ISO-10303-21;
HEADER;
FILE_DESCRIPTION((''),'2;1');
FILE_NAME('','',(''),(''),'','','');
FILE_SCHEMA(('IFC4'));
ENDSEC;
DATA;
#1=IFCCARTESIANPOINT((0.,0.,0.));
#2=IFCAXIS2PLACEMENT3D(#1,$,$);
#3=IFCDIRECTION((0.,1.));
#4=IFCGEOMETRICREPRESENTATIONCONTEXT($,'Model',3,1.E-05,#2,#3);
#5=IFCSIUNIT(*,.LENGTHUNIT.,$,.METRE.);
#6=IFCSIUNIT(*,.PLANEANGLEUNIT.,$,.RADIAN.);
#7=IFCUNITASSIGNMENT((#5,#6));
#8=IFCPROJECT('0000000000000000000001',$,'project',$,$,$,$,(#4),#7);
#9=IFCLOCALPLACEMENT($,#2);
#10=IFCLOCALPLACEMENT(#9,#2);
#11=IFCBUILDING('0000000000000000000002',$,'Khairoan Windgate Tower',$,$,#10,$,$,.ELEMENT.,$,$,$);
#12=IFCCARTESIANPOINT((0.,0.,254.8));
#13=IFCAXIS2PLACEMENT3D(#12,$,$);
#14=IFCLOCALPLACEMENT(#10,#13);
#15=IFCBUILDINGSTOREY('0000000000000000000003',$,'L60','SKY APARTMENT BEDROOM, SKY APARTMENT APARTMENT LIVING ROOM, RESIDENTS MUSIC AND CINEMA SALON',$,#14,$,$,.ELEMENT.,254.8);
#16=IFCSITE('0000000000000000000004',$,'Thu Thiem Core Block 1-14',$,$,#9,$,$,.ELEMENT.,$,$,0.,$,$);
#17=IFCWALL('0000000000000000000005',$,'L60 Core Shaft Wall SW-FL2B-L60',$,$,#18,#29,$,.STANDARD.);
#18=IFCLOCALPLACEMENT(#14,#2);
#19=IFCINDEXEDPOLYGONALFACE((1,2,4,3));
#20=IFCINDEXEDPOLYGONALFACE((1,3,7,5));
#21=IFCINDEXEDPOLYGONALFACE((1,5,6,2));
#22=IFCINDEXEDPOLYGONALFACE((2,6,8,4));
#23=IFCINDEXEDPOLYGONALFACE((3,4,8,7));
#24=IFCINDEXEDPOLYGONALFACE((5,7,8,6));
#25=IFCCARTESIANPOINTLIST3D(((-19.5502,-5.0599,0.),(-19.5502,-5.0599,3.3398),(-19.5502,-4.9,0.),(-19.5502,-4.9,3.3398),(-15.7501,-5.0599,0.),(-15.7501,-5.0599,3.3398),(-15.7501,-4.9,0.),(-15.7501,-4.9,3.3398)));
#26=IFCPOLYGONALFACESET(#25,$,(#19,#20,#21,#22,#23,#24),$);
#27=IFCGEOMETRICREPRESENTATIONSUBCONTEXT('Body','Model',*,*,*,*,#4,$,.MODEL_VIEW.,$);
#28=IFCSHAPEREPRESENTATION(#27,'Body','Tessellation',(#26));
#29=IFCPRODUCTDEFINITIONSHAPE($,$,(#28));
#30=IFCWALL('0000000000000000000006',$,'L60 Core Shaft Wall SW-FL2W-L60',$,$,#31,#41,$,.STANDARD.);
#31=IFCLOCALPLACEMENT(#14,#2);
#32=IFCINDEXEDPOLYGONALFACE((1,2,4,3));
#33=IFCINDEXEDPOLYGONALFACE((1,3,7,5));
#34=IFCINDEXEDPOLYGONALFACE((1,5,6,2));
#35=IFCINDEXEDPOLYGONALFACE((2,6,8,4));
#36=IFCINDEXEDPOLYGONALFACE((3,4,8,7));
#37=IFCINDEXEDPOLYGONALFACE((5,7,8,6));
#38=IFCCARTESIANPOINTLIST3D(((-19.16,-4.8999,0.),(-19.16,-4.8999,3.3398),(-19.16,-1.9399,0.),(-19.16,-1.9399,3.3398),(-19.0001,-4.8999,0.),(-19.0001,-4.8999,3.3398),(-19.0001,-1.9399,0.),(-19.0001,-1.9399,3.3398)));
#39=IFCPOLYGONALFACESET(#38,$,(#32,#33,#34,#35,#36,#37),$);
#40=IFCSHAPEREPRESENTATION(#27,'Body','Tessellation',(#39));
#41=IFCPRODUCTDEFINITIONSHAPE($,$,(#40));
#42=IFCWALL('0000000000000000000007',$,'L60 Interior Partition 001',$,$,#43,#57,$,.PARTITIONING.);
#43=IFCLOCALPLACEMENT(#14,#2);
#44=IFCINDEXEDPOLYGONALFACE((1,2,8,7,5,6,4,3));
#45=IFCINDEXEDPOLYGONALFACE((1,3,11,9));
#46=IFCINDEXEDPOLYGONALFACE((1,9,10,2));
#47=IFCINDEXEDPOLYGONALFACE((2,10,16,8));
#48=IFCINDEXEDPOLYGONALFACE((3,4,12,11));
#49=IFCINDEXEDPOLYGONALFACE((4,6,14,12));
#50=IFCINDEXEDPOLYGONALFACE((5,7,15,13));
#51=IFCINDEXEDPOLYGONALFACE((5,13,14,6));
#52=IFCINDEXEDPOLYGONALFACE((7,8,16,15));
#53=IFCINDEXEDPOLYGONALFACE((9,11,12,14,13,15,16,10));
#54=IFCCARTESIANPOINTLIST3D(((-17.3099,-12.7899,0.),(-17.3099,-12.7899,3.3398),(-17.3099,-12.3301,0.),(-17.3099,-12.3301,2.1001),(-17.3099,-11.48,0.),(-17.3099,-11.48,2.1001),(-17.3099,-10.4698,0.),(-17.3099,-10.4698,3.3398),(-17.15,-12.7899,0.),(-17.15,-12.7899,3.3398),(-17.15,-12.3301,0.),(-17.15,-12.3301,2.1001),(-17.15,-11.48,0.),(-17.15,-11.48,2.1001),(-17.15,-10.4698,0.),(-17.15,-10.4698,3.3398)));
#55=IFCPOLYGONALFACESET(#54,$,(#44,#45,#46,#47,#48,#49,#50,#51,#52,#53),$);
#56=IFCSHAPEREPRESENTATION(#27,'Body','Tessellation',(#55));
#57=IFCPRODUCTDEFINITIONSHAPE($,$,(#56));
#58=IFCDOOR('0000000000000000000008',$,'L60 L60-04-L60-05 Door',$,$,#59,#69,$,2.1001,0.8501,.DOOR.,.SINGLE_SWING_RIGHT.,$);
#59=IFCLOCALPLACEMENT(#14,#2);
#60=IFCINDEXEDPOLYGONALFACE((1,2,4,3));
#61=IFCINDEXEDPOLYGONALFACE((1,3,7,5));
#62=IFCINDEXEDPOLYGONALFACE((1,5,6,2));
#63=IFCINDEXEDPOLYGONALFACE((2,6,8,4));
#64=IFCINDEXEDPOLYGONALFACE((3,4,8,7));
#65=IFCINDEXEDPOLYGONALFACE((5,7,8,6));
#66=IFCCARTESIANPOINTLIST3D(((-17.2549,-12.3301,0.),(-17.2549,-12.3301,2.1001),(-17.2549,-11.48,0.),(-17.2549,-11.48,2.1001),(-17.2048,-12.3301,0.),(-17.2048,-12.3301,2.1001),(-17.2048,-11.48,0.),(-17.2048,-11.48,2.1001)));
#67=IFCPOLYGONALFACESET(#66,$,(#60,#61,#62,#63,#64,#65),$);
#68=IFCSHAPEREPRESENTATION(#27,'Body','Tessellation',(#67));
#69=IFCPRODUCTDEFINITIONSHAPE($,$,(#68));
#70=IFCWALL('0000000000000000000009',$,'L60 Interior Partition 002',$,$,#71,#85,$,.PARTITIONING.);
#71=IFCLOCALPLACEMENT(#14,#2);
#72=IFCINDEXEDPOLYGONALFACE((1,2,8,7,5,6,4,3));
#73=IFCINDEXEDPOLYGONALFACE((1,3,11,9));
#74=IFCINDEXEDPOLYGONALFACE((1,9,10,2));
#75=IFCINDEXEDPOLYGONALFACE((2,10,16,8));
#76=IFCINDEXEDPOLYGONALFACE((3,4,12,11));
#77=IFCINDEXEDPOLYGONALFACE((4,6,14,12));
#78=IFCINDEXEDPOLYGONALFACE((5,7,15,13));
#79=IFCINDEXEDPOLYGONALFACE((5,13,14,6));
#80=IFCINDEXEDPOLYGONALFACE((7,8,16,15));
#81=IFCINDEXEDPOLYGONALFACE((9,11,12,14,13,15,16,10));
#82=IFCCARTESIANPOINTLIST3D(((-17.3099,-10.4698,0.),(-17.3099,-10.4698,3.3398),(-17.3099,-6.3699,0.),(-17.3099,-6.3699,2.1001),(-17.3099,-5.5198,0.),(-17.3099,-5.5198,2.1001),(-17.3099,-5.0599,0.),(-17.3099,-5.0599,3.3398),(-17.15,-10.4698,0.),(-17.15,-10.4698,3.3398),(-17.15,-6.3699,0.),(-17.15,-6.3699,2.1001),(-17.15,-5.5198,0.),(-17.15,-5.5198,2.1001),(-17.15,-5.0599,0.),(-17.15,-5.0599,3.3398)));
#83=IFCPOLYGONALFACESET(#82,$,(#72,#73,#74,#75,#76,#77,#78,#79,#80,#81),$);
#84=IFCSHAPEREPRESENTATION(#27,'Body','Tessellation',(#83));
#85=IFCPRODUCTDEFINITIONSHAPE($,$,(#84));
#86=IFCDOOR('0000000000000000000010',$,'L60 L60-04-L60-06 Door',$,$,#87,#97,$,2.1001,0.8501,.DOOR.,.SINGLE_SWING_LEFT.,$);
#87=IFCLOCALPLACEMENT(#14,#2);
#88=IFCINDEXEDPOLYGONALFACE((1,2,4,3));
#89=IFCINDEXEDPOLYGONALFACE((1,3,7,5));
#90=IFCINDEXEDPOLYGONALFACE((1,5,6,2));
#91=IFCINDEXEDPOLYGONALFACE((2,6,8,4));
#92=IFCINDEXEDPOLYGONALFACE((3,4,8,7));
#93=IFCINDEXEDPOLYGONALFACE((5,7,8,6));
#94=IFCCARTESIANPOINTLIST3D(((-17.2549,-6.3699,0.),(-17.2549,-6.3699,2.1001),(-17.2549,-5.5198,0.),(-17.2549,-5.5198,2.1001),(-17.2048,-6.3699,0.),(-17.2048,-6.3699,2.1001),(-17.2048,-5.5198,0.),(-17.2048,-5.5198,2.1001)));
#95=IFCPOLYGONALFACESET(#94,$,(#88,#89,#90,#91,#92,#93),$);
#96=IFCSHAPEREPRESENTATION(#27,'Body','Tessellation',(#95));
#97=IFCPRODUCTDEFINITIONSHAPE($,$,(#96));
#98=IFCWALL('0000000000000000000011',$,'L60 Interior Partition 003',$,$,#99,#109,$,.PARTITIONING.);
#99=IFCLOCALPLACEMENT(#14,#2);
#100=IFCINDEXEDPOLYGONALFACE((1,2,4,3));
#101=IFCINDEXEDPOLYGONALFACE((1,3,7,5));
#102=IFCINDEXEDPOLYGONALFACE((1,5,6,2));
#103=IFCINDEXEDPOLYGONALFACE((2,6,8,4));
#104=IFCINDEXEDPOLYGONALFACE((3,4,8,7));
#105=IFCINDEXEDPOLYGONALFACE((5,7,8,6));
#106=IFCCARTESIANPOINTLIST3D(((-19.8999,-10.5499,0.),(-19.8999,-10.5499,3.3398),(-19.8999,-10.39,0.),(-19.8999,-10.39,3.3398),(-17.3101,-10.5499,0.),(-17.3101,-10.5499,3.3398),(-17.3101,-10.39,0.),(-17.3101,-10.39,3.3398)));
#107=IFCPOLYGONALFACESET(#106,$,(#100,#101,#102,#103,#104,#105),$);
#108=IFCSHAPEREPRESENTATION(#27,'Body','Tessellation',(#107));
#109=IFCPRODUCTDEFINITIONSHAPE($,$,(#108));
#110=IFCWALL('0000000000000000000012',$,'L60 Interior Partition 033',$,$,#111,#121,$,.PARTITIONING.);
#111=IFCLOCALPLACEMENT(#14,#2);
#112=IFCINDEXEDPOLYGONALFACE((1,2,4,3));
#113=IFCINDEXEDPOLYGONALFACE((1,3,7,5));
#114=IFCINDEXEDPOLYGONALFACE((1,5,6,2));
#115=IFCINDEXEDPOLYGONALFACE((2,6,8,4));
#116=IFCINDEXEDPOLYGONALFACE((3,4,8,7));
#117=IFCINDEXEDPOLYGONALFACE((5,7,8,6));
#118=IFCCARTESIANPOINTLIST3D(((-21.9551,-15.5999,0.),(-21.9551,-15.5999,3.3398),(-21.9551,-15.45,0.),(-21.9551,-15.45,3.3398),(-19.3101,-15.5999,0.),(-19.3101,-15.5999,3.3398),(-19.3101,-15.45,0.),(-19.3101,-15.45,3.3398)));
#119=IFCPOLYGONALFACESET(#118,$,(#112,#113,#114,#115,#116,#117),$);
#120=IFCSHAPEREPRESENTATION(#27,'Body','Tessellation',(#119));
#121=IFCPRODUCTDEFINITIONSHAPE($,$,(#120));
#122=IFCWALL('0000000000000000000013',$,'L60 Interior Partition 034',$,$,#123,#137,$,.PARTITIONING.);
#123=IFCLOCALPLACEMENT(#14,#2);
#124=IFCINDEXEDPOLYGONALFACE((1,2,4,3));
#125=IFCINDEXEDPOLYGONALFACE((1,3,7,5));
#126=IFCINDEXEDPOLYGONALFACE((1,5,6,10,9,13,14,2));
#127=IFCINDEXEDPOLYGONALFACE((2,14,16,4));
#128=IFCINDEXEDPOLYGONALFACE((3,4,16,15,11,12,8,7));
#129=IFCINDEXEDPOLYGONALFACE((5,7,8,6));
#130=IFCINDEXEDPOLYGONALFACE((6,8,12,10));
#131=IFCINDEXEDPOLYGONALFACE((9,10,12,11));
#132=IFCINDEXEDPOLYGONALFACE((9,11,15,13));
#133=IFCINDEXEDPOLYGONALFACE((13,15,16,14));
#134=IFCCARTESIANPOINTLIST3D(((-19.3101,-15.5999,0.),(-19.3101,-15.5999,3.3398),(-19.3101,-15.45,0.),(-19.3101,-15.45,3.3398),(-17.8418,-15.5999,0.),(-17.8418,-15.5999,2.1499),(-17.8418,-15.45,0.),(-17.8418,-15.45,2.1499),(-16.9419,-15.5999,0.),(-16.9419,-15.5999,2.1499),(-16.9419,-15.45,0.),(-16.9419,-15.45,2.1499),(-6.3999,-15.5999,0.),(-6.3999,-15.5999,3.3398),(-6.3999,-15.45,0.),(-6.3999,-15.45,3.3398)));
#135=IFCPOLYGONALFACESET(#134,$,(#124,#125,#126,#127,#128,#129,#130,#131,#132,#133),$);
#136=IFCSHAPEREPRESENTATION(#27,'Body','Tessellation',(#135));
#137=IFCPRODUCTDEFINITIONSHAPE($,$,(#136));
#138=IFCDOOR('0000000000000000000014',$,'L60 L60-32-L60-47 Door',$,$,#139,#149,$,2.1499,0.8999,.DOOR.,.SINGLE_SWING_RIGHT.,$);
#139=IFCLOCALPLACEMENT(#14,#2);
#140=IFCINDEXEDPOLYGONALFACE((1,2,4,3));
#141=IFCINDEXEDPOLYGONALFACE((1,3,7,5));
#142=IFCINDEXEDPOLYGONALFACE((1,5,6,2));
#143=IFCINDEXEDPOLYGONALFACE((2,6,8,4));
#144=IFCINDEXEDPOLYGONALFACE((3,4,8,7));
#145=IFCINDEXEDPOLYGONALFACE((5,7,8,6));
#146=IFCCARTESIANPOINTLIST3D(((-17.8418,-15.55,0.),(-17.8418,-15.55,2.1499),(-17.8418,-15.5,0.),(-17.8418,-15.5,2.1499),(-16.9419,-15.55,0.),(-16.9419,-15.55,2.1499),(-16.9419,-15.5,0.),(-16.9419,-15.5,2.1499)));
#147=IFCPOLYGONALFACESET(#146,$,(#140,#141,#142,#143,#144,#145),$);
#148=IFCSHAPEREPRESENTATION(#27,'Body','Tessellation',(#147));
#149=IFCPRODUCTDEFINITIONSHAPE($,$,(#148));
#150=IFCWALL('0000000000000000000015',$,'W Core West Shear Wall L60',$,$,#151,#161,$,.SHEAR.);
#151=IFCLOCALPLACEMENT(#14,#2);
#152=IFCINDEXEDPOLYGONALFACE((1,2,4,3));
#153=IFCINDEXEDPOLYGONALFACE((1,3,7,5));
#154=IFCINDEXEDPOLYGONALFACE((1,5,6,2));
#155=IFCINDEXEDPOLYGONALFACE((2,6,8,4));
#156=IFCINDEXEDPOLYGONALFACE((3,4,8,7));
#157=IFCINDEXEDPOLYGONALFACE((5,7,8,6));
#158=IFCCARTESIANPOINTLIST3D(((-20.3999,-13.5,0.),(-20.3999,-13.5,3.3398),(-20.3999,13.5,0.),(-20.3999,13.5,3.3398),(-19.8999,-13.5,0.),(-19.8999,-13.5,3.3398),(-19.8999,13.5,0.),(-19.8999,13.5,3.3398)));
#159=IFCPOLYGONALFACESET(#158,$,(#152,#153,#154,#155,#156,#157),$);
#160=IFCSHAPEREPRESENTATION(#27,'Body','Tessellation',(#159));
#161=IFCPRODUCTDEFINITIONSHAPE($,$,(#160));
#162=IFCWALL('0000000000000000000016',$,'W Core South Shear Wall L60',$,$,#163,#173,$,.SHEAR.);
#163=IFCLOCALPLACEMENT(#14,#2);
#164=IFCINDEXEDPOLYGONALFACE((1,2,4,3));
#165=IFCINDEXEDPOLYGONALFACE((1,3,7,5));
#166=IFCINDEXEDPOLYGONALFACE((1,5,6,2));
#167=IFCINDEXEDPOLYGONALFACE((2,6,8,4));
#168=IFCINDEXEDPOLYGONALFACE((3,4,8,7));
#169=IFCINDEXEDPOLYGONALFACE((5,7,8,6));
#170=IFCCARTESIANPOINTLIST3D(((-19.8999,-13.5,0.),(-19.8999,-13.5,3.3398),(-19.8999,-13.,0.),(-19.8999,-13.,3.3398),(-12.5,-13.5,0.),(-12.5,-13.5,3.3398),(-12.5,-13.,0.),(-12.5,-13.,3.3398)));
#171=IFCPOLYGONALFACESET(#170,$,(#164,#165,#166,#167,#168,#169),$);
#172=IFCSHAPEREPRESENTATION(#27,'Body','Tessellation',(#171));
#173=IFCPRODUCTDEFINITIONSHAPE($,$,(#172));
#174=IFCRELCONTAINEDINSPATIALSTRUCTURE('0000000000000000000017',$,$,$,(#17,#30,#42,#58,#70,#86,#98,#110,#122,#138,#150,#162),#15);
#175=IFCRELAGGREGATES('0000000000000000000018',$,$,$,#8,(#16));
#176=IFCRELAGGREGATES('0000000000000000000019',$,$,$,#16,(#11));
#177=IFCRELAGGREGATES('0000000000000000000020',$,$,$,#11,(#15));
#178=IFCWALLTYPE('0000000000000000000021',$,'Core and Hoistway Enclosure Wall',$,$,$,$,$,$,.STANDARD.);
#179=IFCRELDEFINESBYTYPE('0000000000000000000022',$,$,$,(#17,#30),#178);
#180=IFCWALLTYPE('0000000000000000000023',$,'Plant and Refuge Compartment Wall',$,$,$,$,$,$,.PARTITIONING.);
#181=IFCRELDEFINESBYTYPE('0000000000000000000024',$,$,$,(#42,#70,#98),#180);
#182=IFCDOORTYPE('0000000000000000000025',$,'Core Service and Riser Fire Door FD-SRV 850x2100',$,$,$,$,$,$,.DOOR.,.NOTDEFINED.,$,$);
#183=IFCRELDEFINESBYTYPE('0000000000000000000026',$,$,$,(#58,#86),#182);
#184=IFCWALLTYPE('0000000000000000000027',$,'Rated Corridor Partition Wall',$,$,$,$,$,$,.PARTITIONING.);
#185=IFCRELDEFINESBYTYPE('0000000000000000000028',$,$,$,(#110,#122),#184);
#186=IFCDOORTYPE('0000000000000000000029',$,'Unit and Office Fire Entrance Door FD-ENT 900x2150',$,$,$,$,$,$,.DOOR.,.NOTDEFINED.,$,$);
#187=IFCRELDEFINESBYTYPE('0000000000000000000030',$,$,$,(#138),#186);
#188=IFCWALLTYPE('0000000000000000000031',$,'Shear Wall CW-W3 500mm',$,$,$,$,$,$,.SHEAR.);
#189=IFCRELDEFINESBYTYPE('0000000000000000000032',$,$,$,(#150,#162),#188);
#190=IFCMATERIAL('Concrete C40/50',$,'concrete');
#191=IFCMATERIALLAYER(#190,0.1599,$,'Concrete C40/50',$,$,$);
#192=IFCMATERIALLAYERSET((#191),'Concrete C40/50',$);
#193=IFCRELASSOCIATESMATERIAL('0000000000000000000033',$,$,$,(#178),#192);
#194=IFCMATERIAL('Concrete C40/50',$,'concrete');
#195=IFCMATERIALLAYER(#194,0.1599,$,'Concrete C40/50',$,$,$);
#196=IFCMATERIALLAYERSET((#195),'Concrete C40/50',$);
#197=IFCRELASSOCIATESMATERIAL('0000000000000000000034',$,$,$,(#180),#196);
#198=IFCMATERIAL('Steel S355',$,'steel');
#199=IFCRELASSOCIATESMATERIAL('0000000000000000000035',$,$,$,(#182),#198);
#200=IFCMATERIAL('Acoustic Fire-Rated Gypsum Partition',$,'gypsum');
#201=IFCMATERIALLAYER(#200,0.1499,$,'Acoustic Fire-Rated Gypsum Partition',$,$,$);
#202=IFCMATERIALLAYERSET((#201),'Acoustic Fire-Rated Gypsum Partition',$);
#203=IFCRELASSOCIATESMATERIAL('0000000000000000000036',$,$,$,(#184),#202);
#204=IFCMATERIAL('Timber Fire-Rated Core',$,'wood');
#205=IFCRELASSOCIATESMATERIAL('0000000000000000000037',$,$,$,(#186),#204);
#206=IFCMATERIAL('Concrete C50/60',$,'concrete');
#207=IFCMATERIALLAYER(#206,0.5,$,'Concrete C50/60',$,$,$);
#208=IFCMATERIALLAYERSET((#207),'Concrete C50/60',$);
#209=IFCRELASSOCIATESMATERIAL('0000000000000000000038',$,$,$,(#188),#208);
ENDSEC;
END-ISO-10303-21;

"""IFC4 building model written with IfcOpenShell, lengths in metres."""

from ifc_helpers import new_model, si_unit, direction, frame, frame_2d, origin, place, context, subcontext, project, spatial, rectangle, extrude, material, layer, layer_set, type_object, element, fill, save


model = new_model("IFC4")

# Units and contexts
model_context = context("Model", 3, precision=1e-05, world=origin(), true_north=direction((0.0, 1.0)))
body_context = subcontext(model_context, "Body", "Model", "MODEL_VIEW")
ifc_project = project(units=[si_unit("LENGTHUNIT", "METRE"), si_unit("PLANEANGLEUNIT", "RADIAN")], contexts=[model_context])

# Site, building, storey
site_placement = place(None, origin())
site = spatial("IfcSite", under=ifc_project, at=site_placement, Name="Thu Thiem Core Block 1-14", CompositionType="ELEMENT", RefElevation=0.0)
building_placement = place(site_placement, origin())
building = spatial("IfcBuilding", under=site, at=building_placement, Name="Khairoan Windgate Tower", CompositionType="ELEMENT")
storey_placement = place(building_placement, frame((0.0, 0.0, 254.8)))
storey = spatial("IfcBuildingStorey", under=building, at=storey_placement, Name="L60", Description="SKY APARTMENT BEDROOM, SKY APARTMENT APARTMENT LIVING ROOM, RESIDENTS MUSIC AND CINEMA SALON", CompositionType="ELEMENT", Elevation=254.8)

# Shared definitions
ifc_material_1 = material(Name="Concrete C40/50", Category="concrete")
ifc_layer_1 = layer(ifc_material_1, 0.1599, Name="Concrete C40/50")
ifc_layer_set_1 = layer_set([ifc_layer_1], Name="Concrete C40/50")
wall_type_1 = type_object("IfcWallType", Name="Core and Hoistway Enclosure Wall", PredefinedType="STANDARD", material=ifc_layer_set_1)

# Walls
wall_1_placement = place(storey_placement, frame((-19.55, -4.98, 0.0), z_axis=(0.0, 0.0, 1.0), x_axis=(1.0, 0.0, 0.0)))
element("IfcWall", 1, at=wall_1_placement, inside=storey, type_object=wall_type_1, Name="L60 Core Shaft Wall SW-FL2B-L60", PredefinedType="STANDARD", context=body_context, shape_type="SweptSolid", body=[
    extrude(rectangle(XDim=3.8, YDim=0.1599, at=frame_2d((1.8999, 0.0))), origin(), (0.0, 0.0, 1.0), 3.3398),
])
wall_2_placement = place(storey_placement, frame((-19.0801, -4.8999, 0.0), z_axis=(0.0, 0.0, 1.0), x_axis=(0.0, 1.0, 0.0)))
element("IfcWall", 2, at=wall_2_placement, inside=storey, type_object=wall_type_1, Name="L60 Core Shaft Wall SW-FL2W-L60", PredefinedType="STANDARD", context=body_context, shape_type="SweptSolid", body=[
    extrude(rectangle(XDim=2.96, YDim=0.1599, at=frame_2d((1.48, 0.0))), origin(), (0.0, 0.0, 1.0), 3.3398),
])

# Walls, openings, doors
ifc_material_2 = material(Name="Concrete C40/50", Category="concrete")
ifc_layer_2 = layer(ifc_material_2, 0.1599, Name="Concrete C40/50")
ifc_layer_set_2 = layer_set([ifc_layer_2], Name="Concrete C40/50")
wall_type_2 = type_object("IfcWallType", Name="Plant and Refuge Compartment Wall", PredefinedType="PARTITIONING", material=ifc_layer_set_2)
wall_3_placement = place(storey_placement, frame((-17.23, -12.79, 0.0), z_axis=(0.0, 0.0, 1.0), x_axis=(0.0, 1.0, 0.0)))
wall_3 = element("IfcWall", 3, at=wall_3_placement, inside=storey, type_object=wall_type_2, Name="L60 Interior Partition 001", PredefinedType="PARTITIONING", context=body_context, shape_type="SweptSolid", body=[
    extrude(rectangle(XDim=2.3201, YDim=0.1599, at=frame_2d((1.1602, 0.0))), origin(), (0.0, 0.0, 1.0), 3.3398),
])
opening_1_placement = place(wall_3_placement, frame((0.46, 0.0, 0.0)))
opening_1 = element("IfcOpeningElement", 4, at=opening_1_placement, cuts=wall_3, PredefinedType="OPENING", context=body_context, shape_type="SweptSolid", body=[
    extrude(rectangle(XDim=0.8501, YDim=2.1001, at=frame_2d((0.425, 1.05))), frame((0.0, 0.0898, 0.0), z_axis=(0.0, -1.0, 0.0), x_axis=(1.0, 0.0, 0.0)), (0.0, 0.0, 1.0), 0.1799),
])
ifc_material_3 = material(Name="Steel S355", Category="steel")
door_type_1 = type_object("IfcDoorType", Name="Core Service and Riser Fire Door FD-SRV 850x2100", OperationType="NOTDEFINED", PredefinedType="DOOR", material=ifc_material_3)
door_1_placement = place(opening_1_placement, origin())
door_1 = element("IfcDoor", 5, at=door_1_placement, inside=storey, type_object=door_type_1, Name="L60 L60-04-L60-05 Door", OperationType="SINGLE_SWING_RIGHT", OverallHeight=2.1001, OverallWidth=0.8501, PredefinedType="DOOR", context=body_context, shape_type="SweptSolid", body=[
    extrude(rectangle(XDim=0.8501, YDim=2.1001, at=frame_2d((0.425, 1.05))), frame((0.0, 0.0249, 0.0), z_axis=(0.0, -1.0, 0.0), x_axis=(1.0, 0.0, 0.0)), (0.0, 0.0, 1.0), 0.05),
])
fill(opening_1, door_1)
wall_4_placement = place(storey_placement, frame((-17.23, -10.47, 0.0), z_axis=(0.0, 0.0, 1.0), x_axis=(0.0, 1.0, 0.0)))
wall_4 = element("IfcWall", 6, at=wall_4_placement, inside=storey, type_object=wall_type_2, Name="L60 Interior Partition 002", PredefinedType="PARTITIONING", context=body_context, shape_type="SweptSolid", body=[
    extrude(rectangle(XDim=5.4099, YDim=0.1599, at=frame_2d((2.7051, 0.0))), origin(), (0.0, 0.0, 1.0), 3.3398),
])
opening_2_placement = place(wall_4_placement, frame((4.1001, 0.0, 0.0)))
opening_2 = element("IfcOpeningElement", 7, at=opening_2_placement, cuts=wall_4, PredefinedType="OPENING", context=body_context, shape_type="SweptSolid", body=[
    extrude(rectangle(XDim=0.8501, YDim=2.1001, at=frame_2d((0.425, 1.05))), frame((0.0, 0.0898, 0.0), z_axis=(0.0, -1.0, 0.0), x_axis=(1.0, 0.0, 0.0)), (0.0, 0.0, 1.0), 0.1799),
])
door_2_placement = place(opening_2_placement, origin())
door_2 = element("IfcDoor", 8, at=door_2_placement, inside=storey, type_object=door_type_1, Name="L60 L60-04-L60-06 Door", OperationType="SINGLE_SWING_LEFT", OverallHeight=2.1001, OverallWidth=0.8501, PredefinedType="DOOR", context=body_context, shape_type="SweptSolid", body=[
    extrude(rectangle(XDim=0.8501, YDim=2.1001, at=frame_2d((0.425, 1.05))), frame((0.0, 0.0249, 0.0), z_axis=(0.0, -1.0, 0.0), x_axis=(1.0, 0.0, 0.0)), (0.0, 0.0, 1.0), 0.05),
])
fill(opening_2, door_2)

# Walls
wall_5_placement = place(storey_placement, frame((-19.8999, -10.47, 0.0), z_axis=(0.0, 0.0, 1.0), x_axis=(1.0, 0.0, 0.0)))
element("IfcWall", 9, at=wall_5_placement, inside=storey, type_object=wall_type_2, Name="L60 Interior Partition 003", PredefinedType="PARTITIONING", context=body_context, shape_type="SweptSolid", body=[
    extrude(rectangle(XDim=2.5898, YDim=0.1599, at=frame_2d((1.2949, 0.0))), origin(), (0.0, 0.0, 1.0), 3.3398),
])
ifc_material_4 = material(Name="Acoustic Fire-Rated Gypsum Partition", Category="gypsum")
ifc_layer_3 = layer(ifc_material_4, 0.1499, Name="Acoustic Fire-Rated Gypsum Partition")
ifc_layer_set_3 = layer_set([ifc_layer_3], Name="Acoustic Fire-Rated Gypsum Partition")
wall_type_3 = type_object("IfcWallType", Name="Rated Corridor Partition Wall", PredefinedType="PARTITIONING", material=ifc_layer_set_3)
wall_6_placement = place(storey_placement, frame((-21.9551, -15.5249, 0.0), z_axis=(0.0, 0.0, 1.0), x_axis=(1.0, 0.0, 0.0)))
element("IfcWall", 10, at=wall_6_placement, inside=storey, type_object=wall_type_3, Name="L60 Interior Partition 033", PredefinedType="PARTITIONING", context=body_context, shape_type="SweptSolid", body=[
    extrude(rectangle(XDim=2.645, YDim=0.1499, at=frame_2d((1.3225, 0.0))), origin(), (0.0, 0.0, 1.0), 3.3398),
])

# Wall, opening, door
wall_7_placement = place(storey_placement, frame((-19.3101, -15.5249, 0.0), z_axis=(0.0, 0.0, 1.0), x_axis=(1.0, 0.0, 0.0)))
wall_7 = element("IfcWall", 11, at=wall_7_placement, inside=storey, type_object=wall_type_3, Name="L60 Interior Partition 034", PredefinedType="PARTITIONING", context=body_context, shape_type="SweptSolid", body=[
    extrude(rectangle(XDim=12.9102, YDim=0.1499, at=frame_2d((6.4551, 0.0))), origin(), (0.0, 0.0, 1.0), 3.3398),
])
opening_3_placement = place(wall_7_placement, frame((1.4683, 0.0, 0.0)))
opening_3 = element("IfcOpeningElement", 12, at=opening_3_placement, cuts=wall_7, PredefinedType="OPENING", context=body_context, shape_type="SweptSolid", body=[
    extrude(rectangle(XDim=0.8999, YDim=2.1499, at=frame_2d((0.45, 1.075))), frame((0.0, 0.085, 0.0), z_axis=(0.0, -1.0, 0.0), x_axis=(1.0, 0.0, 0.0)), (0.0, 0.0, 1.0), 0.1699),
])
ifc_material_5 = material(Name="Timber Fire-Rated Core", Category="wood")
door_type_2 = type_object("IfcDoorType", Name="Unit and Office Fire Entrance Door FD-ENT 900x2150", OperationType="NOTDEFINED", PredefinedType="DOOR", material=ifc_material_5)
door_3_placement = place(opening_3_placement, origin())
door_3 = element("IfcDoor", 13, at=door_3_placement, inside=storey, type_object=door_type_2, Name="L60 L60-32-L60-47 Door", OperationType="SINGLE_SWING_RIGHT", OverallHeight=2.1499, OverallWidth=0.8999, PredefinedType="DOOR", context=body_context, shape_type="SweptSolid", body=[
    extrude(rectangle(XDim=0.8999, YDim=2.1499, at=frame_2d((0.45, 1.075))), frame((0.0, 0.0249, 0.0), z_axis=(0.0, -1.0, 0.0), x_axis=(1.0, 0.0, 0.0)), (0.0, 0.0, 1.0), 0.05),
])
fill(opening_3, door_3)

# Walls
ifc_material_6 = material(Name="Concrete C50/60", Category="concrete")
ifc_layer_4 = layer(ifc_material_6, 0.5, Name="Concrete C50/60")
ifc_layer_set_4 = layer_set([ifc_layer_4], Name="Concrete C50/60")
wall_type_4 = type_object("IfcWallType", Name="Shear Wall CW-W3 500mm", PredefinedType="SHEAR", material=ifc_layer_set_4)
wall_8_placement = place(storey_placement, frame((-20.1499, -13.5, 0.0), z_axis=(0.0, 0.0, 1.0), x_axis=(0.0, 1.0, 0.0)))
element("IfcWall", 14, at=wall_8_placement, inside=storey, type_object=wall_type_4, Name="W Core West Shear Wall L60", PredefinedType="SHEAR", context=body_context, shape_type="SweptSolid", body=[
    extrude(rectangle(XDim=27.0, YDim=0.5, at=frame_2d((13.5, 0.0))), origin(), (0.0, 0.0, 1.0), 3.3398),
])
wall_9_placement = place(storey_placement, frame((-19.8999, -13.25, 0.0), z_axis=(0.0, 0.0, 1.0), x_axis=(1.0, 0.0, 0.0)))
element("IfcWall", 15, at=wall_9_placement, inside=storey, type_object=wall_type_4, Name="W Core South Shear Wall L60", PredefinedType="SHEAR", context=body_context, shape_type="SweptSolid", body=[
    extrude(rectangle(XDim=7.3999, YDim=0.5, at=frame_2d((3.7, 0.0))), origin(), (0.0, 0.0, 1.0), 3.3398),
])

save(model, "model.ifc")
